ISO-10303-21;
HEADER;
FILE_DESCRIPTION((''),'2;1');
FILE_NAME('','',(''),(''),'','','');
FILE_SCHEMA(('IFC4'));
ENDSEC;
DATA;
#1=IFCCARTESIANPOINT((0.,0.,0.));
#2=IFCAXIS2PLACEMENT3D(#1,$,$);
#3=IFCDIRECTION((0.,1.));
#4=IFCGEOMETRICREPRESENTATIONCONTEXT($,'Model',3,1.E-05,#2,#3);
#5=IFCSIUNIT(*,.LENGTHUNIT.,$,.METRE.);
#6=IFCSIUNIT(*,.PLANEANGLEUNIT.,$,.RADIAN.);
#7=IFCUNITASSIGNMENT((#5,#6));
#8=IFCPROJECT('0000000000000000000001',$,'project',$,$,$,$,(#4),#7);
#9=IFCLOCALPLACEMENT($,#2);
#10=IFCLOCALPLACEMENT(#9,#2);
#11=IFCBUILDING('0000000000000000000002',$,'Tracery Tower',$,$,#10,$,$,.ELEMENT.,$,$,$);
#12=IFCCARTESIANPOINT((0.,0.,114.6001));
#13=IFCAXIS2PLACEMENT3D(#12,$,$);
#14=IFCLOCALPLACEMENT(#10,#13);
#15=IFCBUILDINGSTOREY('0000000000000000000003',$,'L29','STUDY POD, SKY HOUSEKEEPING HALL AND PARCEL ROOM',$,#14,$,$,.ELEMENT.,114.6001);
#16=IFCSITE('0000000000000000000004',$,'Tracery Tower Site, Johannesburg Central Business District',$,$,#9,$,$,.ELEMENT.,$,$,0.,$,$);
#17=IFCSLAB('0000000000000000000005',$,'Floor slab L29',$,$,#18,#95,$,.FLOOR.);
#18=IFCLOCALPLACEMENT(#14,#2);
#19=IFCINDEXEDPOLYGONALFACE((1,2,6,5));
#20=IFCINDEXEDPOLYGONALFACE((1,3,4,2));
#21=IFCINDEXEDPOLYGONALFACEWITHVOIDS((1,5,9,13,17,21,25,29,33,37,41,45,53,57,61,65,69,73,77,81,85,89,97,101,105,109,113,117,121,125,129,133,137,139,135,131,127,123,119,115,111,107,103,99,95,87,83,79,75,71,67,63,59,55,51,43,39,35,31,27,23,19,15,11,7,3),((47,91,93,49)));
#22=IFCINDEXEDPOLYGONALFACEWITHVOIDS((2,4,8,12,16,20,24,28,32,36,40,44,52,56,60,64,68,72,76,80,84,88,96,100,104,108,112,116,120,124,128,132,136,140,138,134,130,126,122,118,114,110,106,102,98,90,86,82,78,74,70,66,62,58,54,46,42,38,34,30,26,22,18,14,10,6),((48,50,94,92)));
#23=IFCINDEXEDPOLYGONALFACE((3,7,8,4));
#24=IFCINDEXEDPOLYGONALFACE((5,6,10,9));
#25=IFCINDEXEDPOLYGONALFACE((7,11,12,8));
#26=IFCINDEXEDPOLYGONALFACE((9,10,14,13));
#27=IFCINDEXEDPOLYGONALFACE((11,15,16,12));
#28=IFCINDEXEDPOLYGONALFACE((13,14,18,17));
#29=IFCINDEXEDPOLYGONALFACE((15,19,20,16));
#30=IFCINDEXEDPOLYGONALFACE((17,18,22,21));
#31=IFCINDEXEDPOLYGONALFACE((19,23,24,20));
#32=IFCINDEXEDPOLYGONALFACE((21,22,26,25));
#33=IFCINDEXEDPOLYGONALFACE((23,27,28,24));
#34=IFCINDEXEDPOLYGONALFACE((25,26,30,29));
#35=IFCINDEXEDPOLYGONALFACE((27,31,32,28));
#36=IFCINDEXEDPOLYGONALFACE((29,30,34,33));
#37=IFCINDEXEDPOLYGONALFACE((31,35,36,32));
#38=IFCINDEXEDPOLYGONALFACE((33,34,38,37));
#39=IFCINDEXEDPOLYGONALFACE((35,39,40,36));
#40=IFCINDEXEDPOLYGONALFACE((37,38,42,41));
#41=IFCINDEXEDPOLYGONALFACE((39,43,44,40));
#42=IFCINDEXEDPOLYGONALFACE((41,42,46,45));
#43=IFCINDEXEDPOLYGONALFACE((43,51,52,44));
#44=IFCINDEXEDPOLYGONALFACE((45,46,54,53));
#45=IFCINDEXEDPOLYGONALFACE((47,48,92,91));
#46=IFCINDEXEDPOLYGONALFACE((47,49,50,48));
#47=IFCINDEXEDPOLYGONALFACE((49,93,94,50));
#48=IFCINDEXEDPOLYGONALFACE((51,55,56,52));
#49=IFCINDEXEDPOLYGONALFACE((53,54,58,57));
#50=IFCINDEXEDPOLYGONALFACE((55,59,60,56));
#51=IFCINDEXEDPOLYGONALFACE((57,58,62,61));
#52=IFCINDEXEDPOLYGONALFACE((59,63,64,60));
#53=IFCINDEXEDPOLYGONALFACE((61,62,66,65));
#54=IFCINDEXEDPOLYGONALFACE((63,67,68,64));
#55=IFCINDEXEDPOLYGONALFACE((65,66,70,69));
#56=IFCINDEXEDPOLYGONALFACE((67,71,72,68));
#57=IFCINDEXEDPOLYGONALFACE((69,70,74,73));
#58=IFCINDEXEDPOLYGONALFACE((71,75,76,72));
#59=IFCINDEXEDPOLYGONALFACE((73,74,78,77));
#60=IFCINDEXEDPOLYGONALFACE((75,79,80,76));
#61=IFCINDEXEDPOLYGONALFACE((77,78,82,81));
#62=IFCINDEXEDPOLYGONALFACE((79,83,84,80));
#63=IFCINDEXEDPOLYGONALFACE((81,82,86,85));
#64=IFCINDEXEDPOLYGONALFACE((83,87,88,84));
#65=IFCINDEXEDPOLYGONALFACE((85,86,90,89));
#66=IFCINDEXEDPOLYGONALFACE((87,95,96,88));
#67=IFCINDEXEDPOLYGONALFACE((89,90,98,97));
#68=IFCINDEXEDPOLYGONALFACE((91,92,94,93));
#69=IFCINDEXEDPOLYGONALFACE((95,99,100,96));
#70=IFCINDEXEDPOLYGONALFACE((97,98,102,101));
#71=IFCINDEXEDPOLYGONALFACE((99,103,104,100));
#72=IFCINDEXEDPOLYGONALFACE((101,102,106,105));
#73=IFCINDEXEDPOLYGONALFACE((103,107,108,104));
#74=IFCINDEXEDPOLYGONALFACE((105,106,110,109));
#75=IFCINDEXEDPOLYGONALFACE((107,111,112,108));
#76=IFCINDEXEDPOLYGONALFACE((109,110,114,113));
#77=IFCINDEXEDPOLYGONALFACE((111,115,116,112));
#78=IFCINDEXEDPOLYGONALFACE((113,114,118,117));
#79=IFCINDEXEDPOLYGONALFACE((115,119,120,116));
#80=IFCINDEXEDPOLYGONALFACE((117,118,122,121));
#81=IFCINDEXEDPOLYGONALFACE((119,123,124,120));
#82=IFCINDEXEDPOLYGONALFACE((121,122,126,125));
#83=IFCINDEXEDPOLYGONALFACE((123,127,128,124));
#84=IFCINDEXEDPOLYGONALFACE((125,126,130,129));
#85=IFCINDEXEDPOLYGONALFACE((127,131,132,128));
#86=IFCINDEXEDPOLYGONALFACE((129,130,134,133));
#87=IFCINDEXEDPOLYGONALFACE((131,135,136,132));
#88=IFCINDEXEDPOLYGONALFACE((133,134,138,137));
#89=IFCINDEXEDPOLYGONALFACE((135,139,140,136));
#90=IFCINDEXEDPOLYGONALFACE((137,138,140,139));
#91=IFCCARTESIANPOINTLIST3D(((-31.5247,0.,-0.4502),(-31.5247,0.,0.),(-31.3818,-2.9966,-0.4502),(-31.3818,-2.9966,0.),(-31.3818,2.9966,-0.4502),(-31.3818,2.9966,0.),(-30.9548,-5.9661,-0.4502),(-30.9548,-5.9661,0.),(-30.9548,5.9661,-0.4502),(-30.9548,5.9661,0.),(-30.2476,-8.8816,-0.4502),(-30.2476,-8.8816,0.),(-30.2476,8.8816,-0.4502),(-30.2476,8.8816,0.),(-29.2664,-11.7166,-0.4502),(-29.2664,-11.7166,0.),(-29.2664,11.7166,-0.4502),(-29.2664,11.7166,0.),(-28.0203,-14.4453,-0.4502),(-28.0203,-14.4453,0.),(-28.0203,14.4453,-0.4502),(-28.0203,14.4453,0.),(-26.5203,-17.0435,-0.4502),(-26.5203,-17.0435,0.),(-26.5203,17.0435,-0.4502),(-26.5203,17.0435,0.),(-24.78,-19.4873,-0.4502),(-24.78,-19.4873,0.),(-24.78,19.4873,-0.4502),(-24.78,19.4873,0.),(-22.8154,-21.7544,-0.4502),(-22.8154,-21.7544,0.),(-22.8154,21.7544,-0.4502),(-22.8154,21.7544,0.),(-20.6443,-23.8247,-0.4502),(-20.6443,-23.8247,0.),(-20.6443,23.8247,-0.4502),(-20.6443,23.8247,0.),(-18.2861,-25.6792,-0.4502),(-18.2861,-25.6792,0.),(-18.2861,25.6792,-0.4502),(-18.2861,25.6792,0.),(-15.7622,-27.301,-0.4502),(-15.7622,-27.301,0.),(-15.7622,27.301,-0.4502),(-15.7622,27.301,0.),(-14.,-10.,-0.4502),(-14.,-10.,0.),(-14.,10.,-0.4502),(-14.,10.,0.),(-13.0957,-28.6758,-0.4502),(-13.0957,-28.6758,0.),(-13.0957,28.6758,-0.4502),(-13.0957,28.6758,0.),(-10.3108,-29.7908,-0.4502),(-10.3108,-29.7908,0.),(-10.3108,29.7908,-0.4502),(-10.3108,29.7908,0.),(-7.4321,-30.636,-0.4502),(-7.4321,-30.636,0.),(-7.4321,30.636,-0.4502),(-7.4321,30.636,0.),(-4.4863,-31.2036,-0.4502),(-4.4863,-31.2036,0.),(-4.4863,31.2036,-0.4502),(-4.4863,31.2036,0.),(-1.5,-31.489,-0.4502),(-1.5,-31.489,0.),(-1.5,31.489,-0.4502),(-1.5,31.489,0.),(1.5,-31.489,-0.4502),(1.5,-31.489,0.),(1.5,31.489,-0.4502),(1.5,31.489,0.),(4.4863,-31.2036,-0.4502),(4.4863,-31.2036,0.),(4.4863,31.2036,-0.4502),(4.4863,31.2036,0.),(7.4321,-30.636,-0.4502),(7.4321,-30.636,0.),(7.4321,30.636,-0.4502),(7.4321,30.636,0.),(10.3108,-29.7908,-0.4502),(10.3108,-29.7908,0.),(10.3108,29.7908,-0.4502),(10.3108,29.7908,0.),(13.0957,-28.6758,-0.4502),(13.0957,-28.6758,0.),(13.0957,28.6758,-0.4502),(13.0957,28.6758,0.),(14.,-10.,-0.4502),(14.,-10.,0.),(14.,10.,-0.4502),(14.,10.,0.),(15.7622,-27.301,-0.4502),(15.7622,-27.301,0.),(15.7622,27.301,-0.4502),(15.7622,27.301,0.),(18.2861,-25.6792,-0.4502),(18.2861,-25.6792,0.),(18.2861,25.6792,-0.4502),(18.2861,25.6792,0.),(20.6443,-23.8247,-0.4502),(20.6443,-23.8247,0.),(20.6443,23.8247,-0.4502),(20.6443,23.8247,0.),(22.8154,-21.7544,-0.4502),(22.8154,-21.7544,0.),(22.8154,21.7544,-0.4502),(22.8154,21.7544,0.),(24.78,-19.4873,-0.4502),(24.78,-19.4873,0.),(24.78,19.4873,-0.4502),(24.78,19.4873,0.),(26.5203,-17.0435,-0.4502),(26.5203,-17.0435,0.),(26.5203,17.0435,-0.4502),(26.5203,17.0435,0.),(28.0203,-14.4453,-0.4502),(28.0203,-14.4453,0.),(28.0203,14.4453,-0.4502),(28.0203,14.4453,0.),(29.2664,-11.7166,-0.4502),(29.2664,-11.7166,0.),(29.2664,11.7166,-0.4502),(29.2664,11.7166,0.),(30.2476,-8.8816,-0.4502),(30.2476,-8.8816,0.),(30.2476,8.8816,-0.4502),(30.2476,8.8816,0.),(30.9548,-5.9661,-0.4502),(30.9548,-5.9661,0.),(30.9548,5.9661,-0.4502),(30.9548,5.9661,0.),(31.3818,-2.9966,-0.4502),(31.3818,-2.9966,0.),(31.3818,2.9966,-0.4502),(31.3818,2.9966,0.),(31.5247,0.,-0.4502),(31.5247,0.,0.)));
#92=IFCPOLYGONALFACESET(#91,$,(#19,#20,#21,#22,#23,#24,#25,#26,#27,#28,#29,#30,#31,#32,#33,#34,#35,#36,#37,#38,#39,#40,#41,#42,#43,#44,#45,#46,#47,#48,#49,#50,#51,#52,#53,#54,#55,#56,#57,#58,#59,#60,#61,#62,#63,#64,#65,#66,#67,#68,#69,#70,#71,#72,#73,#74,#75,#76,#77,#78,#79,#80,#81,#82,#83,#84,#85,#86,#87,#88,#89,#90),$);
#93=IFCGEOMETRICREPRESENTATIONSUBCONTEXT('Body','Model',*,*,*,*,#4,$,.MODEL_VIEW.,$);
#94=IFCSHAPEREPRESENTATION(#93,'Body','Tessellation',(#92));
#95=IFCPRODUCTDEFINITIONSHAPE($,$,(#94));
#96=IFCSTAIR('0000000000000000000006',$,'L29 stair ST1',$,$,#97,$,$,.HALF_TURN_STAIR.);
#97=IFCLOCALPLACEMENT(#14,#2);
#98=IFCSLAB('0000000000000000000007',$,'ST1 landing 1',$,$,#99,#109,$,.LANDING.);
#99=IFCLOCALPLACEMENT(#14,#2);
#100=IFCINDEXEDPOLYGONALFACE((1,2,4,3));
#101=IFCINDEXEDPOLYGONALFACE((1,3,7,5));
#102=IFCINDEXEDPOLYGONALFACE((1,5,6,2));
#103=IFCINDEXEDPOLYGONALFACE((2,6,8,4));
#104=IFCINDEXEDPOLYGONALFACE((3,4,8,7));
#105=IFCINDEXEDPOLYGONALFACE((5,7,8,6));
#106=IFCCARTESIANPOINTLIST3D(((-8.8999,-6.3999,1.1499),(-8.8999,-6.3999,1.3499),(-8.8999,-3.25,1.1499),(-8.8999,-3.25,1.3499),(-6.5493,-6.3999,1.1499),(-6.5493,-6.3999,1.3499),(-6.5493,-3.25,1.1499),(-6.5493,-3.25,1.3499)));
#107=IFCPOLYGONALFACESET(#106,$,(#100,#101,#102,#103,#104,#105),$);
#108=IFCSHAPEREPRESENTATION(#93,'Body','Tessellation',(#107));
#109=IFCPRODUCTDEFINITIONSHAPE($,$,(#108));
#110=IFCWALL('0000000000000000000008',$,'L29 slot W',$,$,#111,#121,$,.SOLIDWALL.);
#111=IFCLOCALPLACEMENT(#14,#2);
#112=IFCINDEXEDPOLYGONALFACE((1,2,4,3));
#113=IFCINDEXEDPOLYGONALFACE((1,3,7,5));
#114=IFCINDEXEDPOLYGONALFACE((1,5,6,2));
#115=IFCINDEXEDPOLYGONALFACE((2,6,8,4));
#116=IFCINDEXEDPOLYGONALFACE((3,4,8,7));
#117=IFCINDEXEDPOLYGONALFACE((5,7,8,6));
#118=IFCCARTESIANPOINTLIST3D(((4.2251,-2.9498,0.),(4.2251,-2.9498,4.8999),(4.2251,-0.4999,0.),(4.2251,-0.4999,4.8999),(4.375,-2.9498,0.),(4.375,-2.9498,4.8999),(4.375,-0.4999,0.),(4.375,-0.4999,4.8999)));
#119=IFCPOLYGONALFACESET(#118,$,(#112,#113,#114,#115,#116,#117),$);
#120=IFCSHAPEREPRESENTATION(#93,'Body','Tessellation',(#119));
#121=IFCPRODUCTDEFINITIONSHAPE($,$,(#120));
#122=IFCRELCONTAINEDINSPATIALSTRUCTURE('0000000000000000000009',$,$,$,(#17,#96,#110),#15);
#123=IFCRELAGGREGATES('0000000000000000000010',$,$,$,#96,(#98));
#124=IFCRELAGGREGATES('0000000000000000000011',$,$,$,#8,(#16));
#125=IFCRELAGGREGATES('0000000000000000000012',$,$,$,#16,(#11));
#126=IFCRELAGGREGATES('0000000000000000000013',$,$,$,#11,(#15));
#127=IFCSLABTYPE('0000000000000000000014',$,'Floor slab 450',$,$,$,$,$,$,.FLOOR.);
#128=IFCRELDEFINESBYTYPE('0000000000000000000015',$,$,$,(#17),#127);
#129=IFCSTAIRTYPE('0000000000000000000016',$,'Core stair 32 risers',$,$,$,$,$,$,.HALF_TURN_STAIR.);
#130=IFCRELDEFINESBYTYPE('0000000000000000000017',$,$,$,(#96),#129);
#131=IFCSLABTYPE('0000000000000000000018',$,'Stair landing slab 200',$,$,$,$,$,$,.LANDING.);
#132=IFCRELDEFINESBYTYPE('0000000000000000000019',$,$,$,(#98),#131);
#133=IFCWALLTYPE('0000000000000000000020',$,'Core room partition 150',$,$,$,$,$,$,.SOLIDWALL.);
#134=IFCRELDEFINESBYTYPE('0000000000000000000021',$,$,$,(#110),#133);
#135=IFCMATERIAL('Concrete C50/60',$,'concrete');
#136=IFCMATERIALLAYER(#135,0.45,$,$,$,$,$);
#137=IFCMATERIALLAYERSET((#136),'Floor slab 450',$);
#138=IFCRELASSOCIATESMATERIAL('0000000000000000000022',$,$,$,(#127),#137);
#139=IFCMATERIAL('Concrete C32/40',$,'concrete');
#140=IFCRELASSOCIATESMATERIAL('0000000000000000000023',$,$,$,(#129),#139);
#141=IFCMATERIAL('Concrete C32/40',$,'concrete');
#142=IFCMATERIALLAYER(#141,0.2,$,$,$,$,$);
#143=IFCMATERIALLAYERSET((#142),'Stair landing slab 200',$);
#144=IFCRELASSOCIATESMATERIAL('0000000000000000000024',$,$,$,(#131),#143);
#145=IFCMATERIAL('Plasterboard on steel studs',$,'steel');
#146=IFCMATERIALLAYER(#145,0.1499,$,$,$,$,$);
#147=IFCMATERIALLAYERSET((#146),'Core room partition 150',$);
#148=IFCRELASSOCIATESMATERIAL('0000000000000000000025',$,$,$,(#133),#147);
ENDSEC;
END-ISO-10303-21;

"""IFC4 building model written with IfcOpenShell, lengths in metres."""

from ifc_helpers import new_model, si_unit, direction, frame, frame_2d, origin, place, context, subcontext, project, spatial, polyline, rectangle, outline, extrude, material, layer, layer_set, type_object, element, aggregate, save


model = new_model("IFC4")

# Units and contexts
model_context = context("Model", 3, precision=1e-05, world=origin(), true_north=direction((0.0, 1.0)))
body_context = subcontext(model_context, "Body", "Model", "MODEL_VIEW")
ifc_project = project(units=[si_unit("LENGTHUNIT", "METRE"), si_unit("PLANEANGLEUNIT", "RADIAN")], contexts=[model_context])

# Site, building, storey
site_placement = place(None, origin())
site = spatial("IfcSite", under=ifc_project, at=site_placement, Name="Tracery Tower Site, Johannesburg Central Business District", CompositionType="ELEMENT", RefElevation=0.0)
building_placement = place(site_placement, origin())
building = spatial("IfcBuilding", under=site, at=building_placement, Name="Tracery Tower", CompositionType="ELEMENT")
storey_placement = place(building_placement, frame((0.0, 0.0, 114.6001)))
storey = spatial("IfcBuildingStorey", under=building, at=storey_placement, Name="L29", Description="STUDY POD, SKY HOUSEKEEPING HALL AND PARCEL ROOM", CompositionType="ELEMENT", Elevation=114.6001)

# Slab
ifc_material_1 = material(Name="Concrete C50/60", Category="concrete")
ifc_layer_1 = layer(ifc_material_1, 0.45)
ifc_layer_set_1 = layer_set([ifc_layer_1], Name="Floor slab 450")
slab_type_1 = type_object("IfcSlabType", Name="Floor slab 450", PredefinedType="FLOOR", material=ifc_layer_set_1)
slab_1_placement = place(storey_placement, frame((0.0, 0.0, -0.4502)))
element("IfcSlab", 1, at=slab_1_placement, inside=storey, type_object=slab_type_1, Name="Floor slab L29", PredefinedType="FLOOR", context=body_context, shape_type="SweptSolid", body=[
    extrude(outline(polyline([(31.5247, 0.0), (31.3818, 2.9966), (30.9548, 5.9661), (30.2476, 8.8816), (29.2664, 11.7166), (28.0203, 14.4453), (26.5203, 17.0435), (24.78, 19.4873), (22.8154, 21.7544), (20.6443, 23.8247), (18.2861, 25.6792), (15.7622, 27.301), (13.0957, 28.6758), (10.3108, 29.7908), (7.4321, 30.636), (4.4863, 31.2036), (1.5, 31.489), (-1.5, 31.489), (-4.4863, 31.2036), (-7.4321, 30.636), (-10.3108, 29.7908), (-13.0957, 28.6758), (-15.7622, 27.301), (-18.2861, 25.6792), (-20.6443, 23.8247), (-22.8154, 21.7544), (-24.78, 19.4873), (-26.5203, 17.0435), (-28.0203, 14.4453), (-29.2664, 11.7166), (-30.2476, 8.8816), (-30.9548, 5.9661), (-31.3818, 2.9966), (-31.5247, 0.0), (-31.3818, -2.9966), (-30.9548, -5.9661), (-30.2476, -8.8816), (-29.2664, -11.7166), (-28.0203, -14.4453), (-26.5203, -17.0435), (-24.78, -19.4873), (-22.8154, -21.7544), (-20.6443, -23.8247), (-18.2861, -25.6792), (-15.7622, -27.301), (-13.0957, -28.6758), (-10.3108, -29.7908), (-7.4321, -30.636), (-4.4863, -31.2036), (-1.5, -31.489), (1.5, -31.489), (4.4863, -31.2036), (7.4321, -30.636), (10.3108, -29.7908), (13.0957, -28.6758), (15.7622, -27.301), (18.2861, -25.6792), (20.6443, -23.8247), (22.8154, -21.7544), (24.78, -19.4873), (26.5203, -17.0435), (28.0203, -14.4453), (29.2664, -11.7166), (30.2476, -8.8816), (30.9548, -5.9661), (31.3818, -2.9966), (31.5247, 0.0)]), holes=[polyline([(-14.0, -10.0), (14.0, -10.0), (14.0, 10.0), (-14.0, 10.0), (-14.0, -10.0)])]), origin(), (0.0, 0.0, 1.0), 0.4502),
])

# Stair, slab
ifc_material_2 = material(Name="Concrete C32/40", Category="concrete")
stair_type = type_object("IfcStairType", Name="Core stair 32 risers", PredefinedType="HALF_TURN_STAIR", material=ifc_material_2)
stair_1_placement = place(storey_placement, origin())
stair_1 = element("IfcStair", 2, at=stair_1_placement, inside=storey, type_object=stair_type, Name="L29 stair ST1", PredefinedType="HALF_TURN_STAIR")
ifc_material_3 = material(Name="Concrete C32/40", Category="concrete")
ifc_layer_2 = layer(ifc_material_3, 0.2)
ifc_layer_set_2 = layer_set([ifc_layer_2], Name="Stair landing slab 200")
slab_type_2 = type_object("IfcSlabType", Name="Stair landing slab 200", PredefinedType="LANDING", material=ifc_layer_set_2)
slab_2_placement = place(storey_placement, frame((0.0, 0.0, 1.1499)))
slab_2 = element("IfcSlab", 3, at=slab_2_placement, type_object=slab_type_2, Name="ST1 landing 1", PredefinedType="LANDING", context=body_context, shape_type="SweptSolid", body=[
    extrude(outline(polyline([(-6.5493, -3.25), (-8.8999, -3.25), (-8.8999, -6.3999), (-6.5493, -6.3999), (-6.5493, -3.25)])), origin(), (0.0, 0.0, 1.0), 0.2),
])
aggregate(stair_1, [slab_2])

# Wall
ifc_material_4 = material(Name="Plasterboard on steel studs", Category="steel")
ifc_layer_3 = layer(ifc_material_4, 0.1499)
ifc_layer_set_3 = layer_set([ifc_layer_3], Name="Core room partition 150")
wall_type_1 = type_object("IfcWallType", Name="Core room partition 150", PredefinedType="SOLIDWALL", material=ifc_layer_set_3)
wall_1_placement = place(storey_placement, frame((4.3, -2.95, 0.0), z_axis=(0.0, 0.0, 1.0), x_axis=(0.0, 1.0, 0.0)))
element("IfcWall", 4, at=wall_1_placement, inside=storey, type_object=wall_type_1, Name="L29 slot W", PredefinedType="SOLIDWALL", context=body_context, shape_type="SweptSolid", body=[
    extrude(rectangle(XDim=2.45, YDim=0.1499, at=frame_2d((1.2251, 0.0))), origin(), (0.0, 0.0, 1.0), 4.8999),
])

save(model, "model.ifc")
